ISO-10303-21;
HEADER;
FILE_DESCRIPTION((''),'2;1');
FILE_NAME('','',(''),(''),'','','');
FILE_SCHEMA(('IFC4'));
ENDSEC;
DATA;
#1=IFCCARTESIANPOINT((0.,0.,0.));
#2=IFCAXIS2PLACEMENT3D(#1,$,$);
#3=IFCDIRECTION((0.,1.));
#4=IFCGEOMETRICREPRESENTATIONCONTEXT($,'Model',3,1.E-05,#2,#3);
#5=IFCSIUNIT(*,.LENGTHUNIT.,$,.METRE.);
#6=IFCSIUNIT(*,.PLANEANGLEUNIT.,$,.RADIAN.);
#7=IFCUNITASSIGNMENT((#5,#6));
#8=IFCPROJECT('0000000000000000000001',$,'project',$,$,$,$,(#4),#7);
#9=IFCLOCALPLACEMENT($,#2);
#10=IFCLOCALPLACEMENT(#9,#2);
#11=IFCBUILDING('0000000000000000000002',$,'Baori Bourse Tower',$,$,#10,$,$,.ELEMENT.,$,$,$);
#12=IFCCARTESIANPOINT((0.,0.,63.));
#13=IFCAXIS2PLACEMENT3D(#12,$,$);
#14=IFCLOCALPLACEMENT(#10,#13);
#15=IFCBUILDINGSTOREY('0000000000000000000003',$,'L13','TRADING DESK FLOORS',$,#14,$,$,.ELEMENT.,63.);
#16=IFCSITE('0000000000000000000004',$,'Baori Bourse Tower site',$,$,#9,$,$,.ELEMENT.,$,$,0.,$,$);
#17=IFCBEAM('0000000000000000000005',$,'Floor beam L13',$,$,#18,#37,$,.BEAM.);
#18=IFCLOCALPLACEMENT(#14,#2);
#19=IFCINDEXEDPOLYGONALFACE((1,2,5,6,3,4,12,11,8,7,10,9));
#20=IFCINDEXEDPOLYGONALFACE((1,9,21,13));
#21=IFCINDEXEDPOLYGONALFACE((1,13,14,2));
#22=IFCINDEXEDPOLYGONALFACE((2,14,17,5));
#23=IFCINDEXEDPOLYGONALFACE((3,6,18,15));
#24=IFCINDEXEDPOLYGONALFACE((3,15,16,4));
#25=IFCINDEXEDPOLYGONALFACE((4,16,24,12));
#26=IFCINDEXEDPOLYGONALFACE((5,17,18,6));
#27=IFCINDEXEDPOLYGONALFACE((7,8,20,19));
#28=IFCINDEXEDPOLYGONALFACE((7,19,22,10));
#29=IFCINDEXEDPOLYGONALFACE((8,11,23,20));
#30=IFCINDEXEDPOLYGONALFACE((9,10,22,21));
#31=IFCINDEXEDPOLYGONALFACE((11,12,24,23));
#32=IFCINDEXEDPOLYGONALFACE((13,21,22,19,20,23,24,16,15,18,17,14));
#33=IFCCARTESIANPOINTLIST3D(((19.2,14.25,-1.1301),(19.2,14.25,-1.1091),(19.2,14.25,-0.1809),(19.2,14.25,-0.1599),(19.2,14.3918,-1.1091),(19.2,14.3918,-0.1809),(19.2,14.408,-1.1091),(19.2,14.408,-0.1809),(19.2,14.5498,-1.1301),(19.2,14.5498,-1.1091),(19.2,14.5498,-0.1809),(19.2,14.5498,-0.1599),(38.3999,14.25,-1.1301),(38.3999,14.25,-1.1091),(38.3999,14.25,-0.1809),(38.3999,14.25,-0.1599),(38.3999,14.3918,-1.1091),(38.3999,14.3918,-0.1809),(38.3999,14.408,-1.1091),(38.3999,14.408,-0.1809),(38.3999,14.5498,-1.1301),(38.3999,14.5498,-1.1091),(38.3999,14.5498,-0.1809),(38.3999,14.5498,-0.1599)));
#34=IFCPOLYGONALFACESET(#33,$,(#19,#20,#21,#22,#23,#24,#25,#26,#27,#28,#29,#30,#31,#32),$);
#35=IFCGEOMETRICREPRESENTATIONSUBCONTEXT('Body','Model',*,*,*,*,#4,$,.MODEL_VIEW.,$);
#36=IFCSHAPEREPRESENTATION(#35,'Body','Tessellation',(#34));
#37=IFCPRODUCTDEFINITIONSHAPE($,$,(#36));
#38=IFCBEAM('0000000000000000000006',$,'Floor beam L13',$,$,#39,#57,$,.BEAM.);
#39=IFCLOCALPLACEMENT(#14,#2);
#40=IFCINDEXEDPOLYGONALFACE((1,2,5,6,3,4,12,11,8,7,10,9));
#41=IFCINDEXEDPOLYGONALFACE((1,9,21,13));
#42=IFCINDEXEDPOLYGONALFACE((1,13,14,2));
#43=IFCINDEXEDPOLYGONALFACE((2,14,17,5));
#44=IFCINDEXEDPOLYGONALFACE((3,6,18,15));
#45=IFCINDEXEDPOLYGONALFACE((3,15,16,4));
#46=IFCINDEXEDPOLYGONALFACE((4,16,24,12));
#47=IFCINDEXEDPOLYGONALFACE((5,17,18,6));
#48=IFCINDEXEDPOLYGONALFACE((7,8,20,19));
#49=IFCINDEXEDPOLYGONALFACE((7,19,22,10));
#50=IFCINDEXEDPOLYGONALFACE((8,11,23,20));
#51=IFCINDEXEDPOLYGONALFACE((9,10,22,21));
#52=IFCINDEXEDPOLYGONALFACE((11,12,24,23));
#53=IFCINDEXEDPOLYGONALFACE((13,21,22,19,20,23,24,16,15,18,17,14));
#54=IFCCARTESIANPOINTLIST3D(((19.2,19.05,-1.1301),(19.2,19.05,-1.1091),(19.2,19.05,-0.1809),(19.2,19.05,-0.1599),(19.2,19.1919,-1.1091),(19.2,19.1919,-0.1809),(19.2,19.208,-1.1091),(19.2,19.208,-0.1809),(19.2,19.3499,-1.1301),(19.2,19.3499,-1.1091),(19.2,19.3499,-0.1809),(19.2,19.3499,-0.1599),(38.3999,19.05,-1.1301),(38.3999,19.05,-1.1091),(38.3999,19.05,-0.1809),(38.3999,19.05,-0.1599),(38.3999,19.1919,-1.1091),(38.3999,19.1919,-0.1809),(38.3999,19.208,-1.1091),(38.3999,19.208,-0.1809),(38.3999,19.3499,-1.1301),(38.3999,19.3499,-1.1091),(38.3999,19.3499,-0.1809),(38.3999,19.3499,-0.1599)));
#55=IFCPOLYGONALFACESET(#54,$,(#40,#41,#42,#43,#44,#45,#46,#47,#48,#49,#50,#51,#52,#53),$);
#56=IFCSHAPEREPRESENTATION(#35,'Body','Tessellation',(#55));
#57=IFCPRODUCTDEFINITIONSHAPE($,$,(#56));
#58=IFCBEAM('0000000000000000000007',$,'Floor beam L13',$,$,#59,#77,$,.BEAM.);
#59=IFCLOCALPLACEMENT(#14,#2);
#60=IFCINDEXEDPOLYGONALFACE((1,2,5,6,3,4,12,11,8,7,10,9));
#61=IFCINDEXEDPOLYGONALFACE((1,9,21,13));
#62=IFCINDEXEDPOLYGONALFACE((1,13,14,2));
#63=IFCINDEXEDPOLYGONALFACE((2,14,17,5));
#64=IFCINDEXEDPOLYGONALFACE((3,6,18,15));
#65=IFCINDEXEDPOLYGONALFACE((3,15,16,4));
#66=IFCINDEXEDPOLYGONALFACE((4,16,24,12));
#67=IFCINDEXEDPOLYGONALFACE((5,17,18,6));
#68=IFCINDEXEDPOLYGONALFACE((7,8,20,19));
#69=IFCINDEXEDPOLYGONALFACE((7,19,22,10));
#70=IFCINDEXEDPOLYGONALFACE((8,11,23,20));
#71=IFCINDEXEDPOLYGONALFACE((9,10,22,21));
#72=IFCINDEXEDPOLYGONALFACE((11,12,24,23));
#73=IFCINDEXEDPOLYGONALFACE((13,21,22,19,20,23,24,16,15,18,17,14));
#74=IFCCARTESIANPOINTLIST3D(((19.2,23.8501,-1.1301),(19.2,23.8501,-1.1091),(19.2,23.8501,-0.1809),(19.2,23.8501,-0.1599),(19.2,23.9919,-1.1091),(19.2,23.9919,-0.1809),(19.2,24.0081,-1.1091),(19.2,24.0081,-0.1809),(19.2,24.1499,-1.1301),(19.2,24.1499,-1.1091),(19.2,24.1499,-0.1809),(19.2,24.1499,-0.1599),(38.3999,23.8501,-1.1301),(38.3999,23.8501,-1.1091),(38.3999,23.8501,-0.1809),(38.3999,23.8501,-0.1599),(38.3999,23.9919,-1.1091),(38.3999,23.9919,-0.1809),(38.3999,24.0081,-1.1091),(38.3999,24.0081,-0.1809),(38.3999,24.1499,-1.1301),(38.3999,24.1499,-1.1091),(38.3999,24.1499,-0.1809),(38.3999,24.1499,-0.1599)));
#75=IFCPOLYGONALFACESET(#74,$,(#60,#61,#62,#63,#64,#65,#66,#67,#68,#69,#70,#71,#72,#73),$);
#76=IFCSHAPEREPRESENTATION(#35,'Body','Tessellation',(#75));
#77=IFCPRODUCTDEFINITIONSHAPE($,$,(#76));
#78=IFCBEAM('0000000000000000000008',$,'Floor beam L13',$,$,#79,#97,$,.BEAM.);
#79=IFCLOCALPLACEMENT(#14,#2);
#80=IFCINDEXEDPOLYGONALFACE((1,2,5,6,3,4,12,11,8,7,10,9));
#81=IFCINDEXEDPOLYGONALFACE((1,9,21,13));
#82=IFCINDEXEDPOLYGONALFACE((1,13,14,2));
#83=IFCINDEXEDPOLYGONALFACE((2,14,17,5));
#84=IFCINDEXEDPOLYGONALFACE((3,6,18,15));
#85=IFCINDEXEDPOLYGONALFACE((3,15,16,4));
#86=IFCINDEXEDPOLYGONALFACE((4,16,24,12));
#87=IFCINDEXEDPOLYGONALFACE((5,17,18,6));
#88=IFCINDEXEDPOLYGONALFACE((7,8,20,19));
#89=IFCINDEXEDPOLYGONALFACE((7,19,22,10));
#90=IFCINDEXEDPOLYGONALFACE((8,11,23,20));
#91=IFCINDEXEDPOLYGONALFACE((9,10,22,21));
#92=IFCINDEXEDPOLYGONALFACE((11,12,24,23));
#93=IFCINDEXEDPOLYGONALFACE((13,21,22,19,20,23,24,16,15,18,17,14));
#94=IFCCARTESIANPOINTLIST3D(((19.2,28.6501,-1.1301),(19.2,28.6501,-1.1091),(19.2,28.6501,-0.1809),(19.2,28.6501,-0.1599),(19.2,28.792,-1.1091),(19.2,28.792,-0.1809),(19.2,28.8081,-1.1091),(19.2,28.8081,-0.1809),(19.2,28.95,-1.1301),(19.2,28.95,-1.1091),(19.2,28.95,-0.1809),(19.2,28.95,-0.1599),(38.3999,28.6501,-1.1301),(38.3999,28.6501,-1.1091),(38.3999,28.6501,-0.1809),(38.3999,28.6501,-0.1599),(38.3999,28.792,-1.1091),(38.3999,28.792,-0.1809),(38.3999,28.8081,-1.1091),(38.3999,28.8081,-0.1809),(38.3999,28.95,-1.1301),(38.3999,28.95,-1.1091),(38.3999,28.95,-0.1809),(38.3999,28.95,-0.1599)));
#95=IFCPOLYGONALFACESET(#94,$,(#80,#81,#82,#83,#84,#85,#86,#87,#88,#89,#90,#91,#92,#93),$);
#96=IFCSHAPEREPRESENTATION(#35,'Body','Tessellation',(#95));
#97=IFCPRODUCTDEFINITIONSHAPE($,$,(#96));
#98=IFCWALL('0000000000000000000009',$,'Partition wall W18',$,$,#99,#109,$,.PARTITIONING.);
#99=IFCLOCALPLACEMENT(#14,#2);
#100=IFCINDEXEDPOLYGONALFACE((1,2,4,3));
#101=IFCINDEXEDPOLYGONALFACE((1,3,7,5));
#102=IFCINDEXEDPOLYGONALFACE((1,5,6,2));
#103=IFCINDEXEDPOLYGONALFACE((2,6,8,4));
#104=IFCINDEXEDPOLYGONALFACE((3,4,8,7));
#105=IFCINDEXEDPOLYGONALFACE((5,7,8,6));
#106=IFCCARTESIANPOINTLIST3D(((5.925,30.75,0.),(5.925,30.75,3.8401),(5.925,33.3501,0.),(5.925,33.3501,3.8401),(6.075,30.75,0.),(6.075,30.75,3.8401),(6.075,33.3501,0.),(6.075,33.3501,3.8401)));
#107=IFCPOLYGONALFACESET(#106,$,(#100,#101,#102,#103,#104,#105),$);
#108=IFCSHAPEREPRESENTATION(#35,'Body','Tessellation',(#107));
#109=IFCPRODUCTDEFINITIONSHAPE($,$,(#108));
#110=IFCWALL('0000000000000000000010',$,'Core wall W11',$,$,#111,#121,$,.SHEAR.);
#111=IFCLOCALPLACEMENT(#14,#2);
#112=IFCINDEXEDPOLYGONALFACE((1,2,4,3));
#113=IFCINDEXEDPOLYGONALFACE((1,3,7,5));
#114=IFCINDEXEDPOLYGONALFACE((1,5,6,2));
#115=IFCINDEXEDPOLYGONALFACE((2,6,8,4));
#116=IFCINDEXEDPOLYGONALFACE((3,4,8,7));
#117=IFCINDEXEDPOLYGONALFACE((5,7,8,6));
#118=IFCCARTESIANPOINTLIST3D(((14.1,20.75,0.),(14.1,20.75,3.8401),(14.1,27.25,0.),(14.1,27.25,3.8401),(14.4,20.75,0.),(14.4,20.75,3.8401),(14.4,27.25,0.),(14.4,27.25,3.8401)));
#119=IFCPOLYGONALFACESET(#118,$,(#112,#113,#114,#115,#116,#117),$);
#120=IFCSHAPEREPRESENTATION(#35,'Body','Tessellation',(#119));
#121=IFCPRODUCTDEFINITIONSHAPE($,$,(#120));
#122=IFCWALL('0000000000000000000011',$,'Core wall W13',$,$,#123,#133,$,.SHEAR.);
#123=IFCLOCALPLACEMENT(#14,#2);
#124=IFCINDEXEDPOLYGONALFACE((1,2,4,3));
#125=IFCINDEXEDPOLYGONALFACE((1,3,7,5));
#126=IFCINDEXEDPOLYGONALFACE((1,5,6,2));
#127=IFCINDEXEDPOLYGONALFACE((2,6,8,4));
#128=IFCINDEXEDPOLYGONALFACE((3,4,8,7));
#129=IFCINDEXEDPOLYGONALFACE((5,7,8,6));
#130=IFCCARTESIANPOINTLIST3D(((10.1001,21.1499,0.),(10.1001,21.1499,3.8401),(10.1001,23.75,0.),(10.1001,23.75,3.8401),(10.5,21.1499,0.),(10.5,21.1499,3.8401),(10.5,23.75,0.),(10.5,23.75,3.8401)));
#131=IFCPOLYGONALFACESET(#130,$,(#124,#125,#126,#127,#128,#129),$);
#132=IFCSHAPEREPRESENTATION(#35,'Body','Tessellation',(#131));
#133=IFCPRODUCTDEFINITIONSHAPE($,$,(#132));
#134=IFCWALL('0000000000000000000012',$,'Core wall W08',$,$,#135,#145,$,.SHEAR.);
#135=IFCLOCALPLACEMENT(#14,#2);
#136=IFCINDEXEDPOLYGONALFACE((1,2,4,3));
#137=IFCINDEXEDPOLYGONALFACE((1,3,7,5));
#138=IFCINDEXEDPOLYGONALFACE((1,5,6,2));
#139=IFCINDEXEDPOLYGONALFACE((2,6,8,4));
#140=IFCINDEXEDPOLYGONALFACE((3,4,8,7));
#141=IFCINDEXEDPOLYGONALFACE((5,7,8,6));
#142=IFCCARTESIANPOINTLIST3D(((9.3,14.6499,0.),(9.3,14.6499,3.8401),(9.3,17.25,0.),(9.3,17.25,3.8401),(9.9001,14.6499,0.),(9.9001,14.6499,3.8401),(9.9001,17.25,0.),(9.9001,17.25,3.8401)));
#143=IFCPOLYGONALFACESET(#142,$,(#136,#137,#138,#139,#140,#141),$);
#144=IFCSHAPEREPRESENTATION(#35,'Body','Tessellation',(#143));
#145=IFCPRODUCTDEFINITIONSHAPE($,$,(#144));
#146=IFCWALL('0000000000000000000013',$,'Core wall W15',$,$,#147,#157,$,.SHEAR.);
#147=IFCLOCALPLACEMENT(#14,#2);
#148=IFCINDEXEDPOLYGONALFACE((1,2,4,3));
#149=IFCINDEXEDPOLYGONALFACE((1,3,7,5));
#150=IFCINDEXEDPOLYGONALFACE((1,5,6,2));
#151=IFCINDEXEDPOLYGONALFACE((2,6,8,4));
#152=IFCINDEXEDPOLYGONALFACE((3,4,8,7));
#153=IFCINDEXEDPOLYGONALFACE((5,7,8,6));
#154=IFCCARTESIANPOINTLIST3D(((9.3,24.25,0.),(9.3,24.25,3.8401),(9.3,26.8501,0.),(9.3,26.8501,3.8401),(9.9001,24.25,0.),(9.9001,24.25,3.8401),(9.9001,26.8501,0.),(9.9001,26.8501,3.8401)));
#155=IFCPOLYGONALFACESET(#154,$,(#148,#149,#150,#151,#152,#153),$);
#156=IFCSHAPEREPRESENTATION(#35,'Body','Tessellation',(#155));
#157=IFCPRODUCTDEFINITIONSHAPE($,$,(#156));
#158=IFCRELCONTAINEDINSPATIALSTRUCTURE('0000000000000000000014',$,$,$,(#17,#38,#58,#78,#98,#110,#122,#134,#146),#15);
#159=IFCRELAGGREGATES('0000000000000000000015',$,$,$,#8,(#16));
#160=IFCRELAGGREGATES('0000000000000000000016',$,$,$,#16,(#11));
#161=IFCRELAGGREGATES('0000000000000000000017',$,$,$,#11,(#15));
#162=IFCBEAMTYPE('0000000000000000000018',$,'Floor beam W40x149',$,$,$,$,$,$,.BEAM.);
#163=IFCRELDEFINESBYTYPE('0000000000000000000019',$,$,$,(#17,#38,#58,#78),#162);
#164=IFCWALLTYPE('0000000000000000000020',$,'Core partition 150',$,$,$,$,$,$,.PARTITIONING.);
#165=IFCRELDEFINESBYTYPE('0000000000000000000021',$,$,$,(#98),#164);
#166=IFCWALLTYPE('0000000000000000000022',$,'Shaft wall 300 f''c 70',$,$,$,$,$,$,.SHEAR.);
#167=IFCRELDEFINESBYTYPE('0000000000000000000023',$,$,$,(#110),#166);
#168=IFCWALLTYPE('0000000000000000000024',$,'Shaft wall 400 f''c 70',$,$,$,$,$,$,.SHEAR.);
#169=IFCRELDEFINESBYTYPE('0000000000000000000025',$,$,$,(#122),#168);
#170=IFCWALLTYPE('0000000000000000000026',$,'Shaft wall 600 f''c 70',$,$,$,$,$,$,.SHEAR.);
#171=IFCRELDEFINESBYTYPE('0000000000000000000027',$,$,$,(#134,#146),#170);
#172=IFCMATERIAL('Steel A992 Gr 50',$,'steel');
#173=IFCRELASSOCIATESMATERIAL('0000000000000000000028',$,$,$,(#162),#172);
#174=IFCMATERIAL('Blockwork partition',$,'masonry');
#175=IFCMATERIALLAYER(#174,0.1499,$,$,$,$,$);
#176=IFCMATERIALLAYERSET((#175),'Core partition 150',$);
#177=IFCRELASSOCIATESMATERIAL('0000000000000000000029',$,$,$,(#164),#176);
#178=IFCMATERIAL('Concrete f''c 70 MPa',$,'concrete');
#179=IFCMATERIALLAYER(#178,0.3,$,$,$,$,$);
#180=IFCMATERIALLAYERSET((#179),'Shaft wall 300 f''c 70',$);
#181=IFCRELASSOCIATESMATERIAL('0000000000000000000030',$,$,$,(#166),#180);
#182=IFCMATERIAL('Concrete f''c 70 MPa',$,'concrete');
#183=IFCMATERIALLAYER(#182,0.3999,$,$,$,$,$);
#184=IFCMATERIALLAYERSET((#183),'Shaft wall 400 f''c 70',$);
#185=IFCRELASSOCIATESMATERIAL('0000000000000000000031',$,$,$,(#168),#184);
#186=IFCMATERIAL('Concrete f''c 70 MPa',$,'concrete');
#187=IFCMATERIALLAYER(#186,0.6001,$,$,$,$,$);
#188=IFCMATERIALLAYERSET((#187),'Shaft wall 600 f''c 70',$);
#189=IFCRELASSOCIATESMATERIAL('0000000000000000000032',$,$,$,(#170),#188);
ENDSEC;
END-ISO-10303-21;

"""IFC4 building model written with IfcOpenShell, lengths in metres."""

from ifc_helpers import new_model, si_unit, direction, frame, frame_2d, origin, origin_2d, place, context, subcontext, project, spatial, rectangle, i_section, extrude, material, layer, layer_set, material_profile, profile_set, type_object, element, save


model = new_model("IFC4")

# Units and contexts
model_context = context("Model", 3, precision=1e-05, world=origin(), true_north=direction((0.0, 1.0)))
body_context = subcontext(model_context, "Body", "Model", "MODEL_VIEW")
ifc_project = project(units=[si_unit("LENGTHUNIT", "METRE"), si_unit("PLANEANGLEUNIT", "RADIAN")], contexts=[model_context])

# Site, building, storey
site_placement = place(None, origin())
site = spatial("IfcSite", under=ifc_project, at=site_placement, Name="Baori Bourse Tower site", CompositionType="ELEMENT", RefElevation=0.0)
building_placement = place(site_placement, origin())
building = spatial("IfcBuilding", under=site, at=building_placement, Name="Baori Bourse Tower", CompositionType="ELEMENT")
storey_placement = place(building_placement, frame((0.0, 0.0, 63.0)))
storey = spatial("IfcBuildingStorey", under=building, at=storey_placement, Name="L13", Description="TRADING DESK FLOORS", CompositionType="ELEMENT", Elevation=63.0)

# Beams
ifc_material_1 = material(Name="Steel A992 Gr 50", Category="steel")
ifc_material_profile = material_profile(ifc_material_1, i_section(OverallWidth=0.2998, OverallDepth=0.9702, WebThickness=0.0161, FlangeThickness=0.021, at=origin_2d()), Name="W40x149")
ifc_profile_set = profile_set([ifc_material_profile], Name="Steel A992 Gr 50")
beam_type = type_object("IfcBeamType", Name="Floor beam W40x149", PredefinedType="BEAM", material=ifc_profile_set)
for number, where, z_axis, x_axis, name in (
    (1, (19.2, 14.3999, -0.645), (1.0, 0.0, 0.0), (0.0, 1.0, 0.0), "Floor beam L13"),
    (2, (19.2, 19.2, -0.645), (1.0, 0.0, 0.0), (0.0, 1.0, 0.0), "Floor beam L13"),
    (3, (19.2, 24.0, -0.645), (1.0, 0.0, 0.0), (0.0, 1.0, 0.0), "Floor beam L13"),
    (4, (19.2, 28.8, -0.645), (1.0, 0.0, 0.0), (0.0, 1.0, 0.0), "Floor beam L13"),
):
    element("IfcBeam", number, at=place(storey_placement, frame(where, z_axis=z_axis, x_axis=x_axis)), inside=storey, type_object=beam_type, Name=name, PredefinedType="BEAM", context=body_context, shape_type="SweptSolid", body=[
        extrude(i_section(OverallWidth=0.2998, OverallDepth=0.9702, WebThickness=0.0161, FlangeThickness=0.021, at=origin_2d()), origin(), (0.0, 0.0, 1.0), 19.2),
    ])

# Walls
ifc_material_2 = material(Name="Blockwork partition", Category="masonry")
ifc_layer_1 = layer(ifc_material_2, 0.1499)
ifc_layer_set_1 = layer_set([ifc_layer_1], Name="Core partition 150")
wall_type_1 = type_object("IfcWallType", Name="Core partition 150", PredefinedType="PARTITIONING", material=ifc_layer_set_1)
wall_1_placement = place(storey_placement, frame((6.0, 30.75, 0.0), z_axis=(0.0, 0.0, 1.0), x_axis=(0.0, 1.0, 0.0)))
element("IfcWall", 5, at=wall_1_placement, inside=storey, type_object=wall_type_1, Name="Partition wall W18", PredefinedType="PARTITIONING", context=body_context, shape_type="SweptSolid", body=[
    extrude(rectangle(XDim=2.6001, YDim=0.1499, at=frame_2d((1.3, 0.0))), origin(), (0.0, 0.0, 1.0), 3.8401),
])
ifc_material_3 = material(Name="Concrete f'c 70 MPa", Category="concrete")
ifc_layer_2 = layer(ifc_material_3, 0.3)
ifc_layer_set_2 = layer_set([ifc_layer_2], Name="Shaft wall 300 f'c 70")
wall_type_2 = type_object("IfcWallType", Name="Shaft wall 300 f'c 70", PredefinedType="SHEAR", material=ifc_layer_set_2)
wall_2_placement = place(storey_placement, frame((14.25, 20.75, 0.0), z_axis=(0.0, 0.0, 1.0), x_axis=(0.0, 1.0, 0.0)))
element("IfcWall", 6, at=wall_2_placement, inside=storey, type_object=wall_type_2, Name="Core wall W11", PredefinedType="SHEAR", context=body_context, shape_type="SweptSolid", body=[
    extrude(rectangle(XDim=6.5, YDim=0.3, at=frame_2d((3.25, 0.0))), origin(), (0.0, 0.0, 1.0), 3.8401),
])
ifc_material_4 = material(Name="Concrete f'c 70 MPa", Category="concrete")
ifc_layer_3 = layer(ifc_material_4, 0.3999)
ifc_layer_set_3 = layer_set([ifc_layer_3], Name="Shaft wall 400 f'c 70")
wall_type_3 = type_object("IfcWallType", Name="Shaft wall 400 f'c 70", PredefinedType="SHEAR", material=ifc_layer_set_3)
wall_3_placement = place(storey_placement, frame((10.3, 21.1499, 0.0), z_axis=(0.0, 0.0, 1.0), x_axis=(0.0, 1.0, 0.0)))
element("IfcWall", 7, at=wall_3_placement, inside=storey, type_object=wall_type_3, Name="Core wall W13", PredefinedType="SHEAR", context=body_context, shape_type="SweptSolid", body=[
    extrude(rectangle(XDim=2.6001, YDim=0.3999, at=frame_2d((1.3, 0.0))), origin(), (0.0, 0.0, 1.0), 3.8401),
])
ifc_material_5 = material(Name="Concrete f'c 70 MPa", Category="concrete")
ifc_layer_4 = layer(ifc_material_5, 0.6001)
ifc_layer_set_4 = layer_set([ifc_layer_4], Name="Shaft wall 600 f'c 70")
wall_type_4 = type_object("IfcWallType", Name="Shaft wall 600 f'c 70", PredefinedType="SHEAR", material=ifc_layer_set_4)
for number, where, z_axis, x_axis, name in (
    (8, (9.6001, 14.6499, 0.0), (0.0, 0.0, 1.0), (0.0, 1.0, 0.0), "Core wall W08"),
    (9, (9.6001, 24.25, 0.0), (0.0, 0.0, 1.0), (0.0, 1.0, 0.0), "Core wall W15"),
):
    element("IfcWall", number, at=place(storey_placement, frame(where, z_axis=z_axis, x_axis=x_axis)), inside=storey, type_object=wall_type_4, Name=name, PredefinedType="SHEAR", context=body_context, shape_type="SweptSolid", body=[
        extrude(rectangle(XDim=2.6001, YDim=0.6001, at=frame_2d((1.3, 0.0))), origin(), (0.0, 0.0, 1.0), 3.8401),
    ])

save(model, "model.ifc")
